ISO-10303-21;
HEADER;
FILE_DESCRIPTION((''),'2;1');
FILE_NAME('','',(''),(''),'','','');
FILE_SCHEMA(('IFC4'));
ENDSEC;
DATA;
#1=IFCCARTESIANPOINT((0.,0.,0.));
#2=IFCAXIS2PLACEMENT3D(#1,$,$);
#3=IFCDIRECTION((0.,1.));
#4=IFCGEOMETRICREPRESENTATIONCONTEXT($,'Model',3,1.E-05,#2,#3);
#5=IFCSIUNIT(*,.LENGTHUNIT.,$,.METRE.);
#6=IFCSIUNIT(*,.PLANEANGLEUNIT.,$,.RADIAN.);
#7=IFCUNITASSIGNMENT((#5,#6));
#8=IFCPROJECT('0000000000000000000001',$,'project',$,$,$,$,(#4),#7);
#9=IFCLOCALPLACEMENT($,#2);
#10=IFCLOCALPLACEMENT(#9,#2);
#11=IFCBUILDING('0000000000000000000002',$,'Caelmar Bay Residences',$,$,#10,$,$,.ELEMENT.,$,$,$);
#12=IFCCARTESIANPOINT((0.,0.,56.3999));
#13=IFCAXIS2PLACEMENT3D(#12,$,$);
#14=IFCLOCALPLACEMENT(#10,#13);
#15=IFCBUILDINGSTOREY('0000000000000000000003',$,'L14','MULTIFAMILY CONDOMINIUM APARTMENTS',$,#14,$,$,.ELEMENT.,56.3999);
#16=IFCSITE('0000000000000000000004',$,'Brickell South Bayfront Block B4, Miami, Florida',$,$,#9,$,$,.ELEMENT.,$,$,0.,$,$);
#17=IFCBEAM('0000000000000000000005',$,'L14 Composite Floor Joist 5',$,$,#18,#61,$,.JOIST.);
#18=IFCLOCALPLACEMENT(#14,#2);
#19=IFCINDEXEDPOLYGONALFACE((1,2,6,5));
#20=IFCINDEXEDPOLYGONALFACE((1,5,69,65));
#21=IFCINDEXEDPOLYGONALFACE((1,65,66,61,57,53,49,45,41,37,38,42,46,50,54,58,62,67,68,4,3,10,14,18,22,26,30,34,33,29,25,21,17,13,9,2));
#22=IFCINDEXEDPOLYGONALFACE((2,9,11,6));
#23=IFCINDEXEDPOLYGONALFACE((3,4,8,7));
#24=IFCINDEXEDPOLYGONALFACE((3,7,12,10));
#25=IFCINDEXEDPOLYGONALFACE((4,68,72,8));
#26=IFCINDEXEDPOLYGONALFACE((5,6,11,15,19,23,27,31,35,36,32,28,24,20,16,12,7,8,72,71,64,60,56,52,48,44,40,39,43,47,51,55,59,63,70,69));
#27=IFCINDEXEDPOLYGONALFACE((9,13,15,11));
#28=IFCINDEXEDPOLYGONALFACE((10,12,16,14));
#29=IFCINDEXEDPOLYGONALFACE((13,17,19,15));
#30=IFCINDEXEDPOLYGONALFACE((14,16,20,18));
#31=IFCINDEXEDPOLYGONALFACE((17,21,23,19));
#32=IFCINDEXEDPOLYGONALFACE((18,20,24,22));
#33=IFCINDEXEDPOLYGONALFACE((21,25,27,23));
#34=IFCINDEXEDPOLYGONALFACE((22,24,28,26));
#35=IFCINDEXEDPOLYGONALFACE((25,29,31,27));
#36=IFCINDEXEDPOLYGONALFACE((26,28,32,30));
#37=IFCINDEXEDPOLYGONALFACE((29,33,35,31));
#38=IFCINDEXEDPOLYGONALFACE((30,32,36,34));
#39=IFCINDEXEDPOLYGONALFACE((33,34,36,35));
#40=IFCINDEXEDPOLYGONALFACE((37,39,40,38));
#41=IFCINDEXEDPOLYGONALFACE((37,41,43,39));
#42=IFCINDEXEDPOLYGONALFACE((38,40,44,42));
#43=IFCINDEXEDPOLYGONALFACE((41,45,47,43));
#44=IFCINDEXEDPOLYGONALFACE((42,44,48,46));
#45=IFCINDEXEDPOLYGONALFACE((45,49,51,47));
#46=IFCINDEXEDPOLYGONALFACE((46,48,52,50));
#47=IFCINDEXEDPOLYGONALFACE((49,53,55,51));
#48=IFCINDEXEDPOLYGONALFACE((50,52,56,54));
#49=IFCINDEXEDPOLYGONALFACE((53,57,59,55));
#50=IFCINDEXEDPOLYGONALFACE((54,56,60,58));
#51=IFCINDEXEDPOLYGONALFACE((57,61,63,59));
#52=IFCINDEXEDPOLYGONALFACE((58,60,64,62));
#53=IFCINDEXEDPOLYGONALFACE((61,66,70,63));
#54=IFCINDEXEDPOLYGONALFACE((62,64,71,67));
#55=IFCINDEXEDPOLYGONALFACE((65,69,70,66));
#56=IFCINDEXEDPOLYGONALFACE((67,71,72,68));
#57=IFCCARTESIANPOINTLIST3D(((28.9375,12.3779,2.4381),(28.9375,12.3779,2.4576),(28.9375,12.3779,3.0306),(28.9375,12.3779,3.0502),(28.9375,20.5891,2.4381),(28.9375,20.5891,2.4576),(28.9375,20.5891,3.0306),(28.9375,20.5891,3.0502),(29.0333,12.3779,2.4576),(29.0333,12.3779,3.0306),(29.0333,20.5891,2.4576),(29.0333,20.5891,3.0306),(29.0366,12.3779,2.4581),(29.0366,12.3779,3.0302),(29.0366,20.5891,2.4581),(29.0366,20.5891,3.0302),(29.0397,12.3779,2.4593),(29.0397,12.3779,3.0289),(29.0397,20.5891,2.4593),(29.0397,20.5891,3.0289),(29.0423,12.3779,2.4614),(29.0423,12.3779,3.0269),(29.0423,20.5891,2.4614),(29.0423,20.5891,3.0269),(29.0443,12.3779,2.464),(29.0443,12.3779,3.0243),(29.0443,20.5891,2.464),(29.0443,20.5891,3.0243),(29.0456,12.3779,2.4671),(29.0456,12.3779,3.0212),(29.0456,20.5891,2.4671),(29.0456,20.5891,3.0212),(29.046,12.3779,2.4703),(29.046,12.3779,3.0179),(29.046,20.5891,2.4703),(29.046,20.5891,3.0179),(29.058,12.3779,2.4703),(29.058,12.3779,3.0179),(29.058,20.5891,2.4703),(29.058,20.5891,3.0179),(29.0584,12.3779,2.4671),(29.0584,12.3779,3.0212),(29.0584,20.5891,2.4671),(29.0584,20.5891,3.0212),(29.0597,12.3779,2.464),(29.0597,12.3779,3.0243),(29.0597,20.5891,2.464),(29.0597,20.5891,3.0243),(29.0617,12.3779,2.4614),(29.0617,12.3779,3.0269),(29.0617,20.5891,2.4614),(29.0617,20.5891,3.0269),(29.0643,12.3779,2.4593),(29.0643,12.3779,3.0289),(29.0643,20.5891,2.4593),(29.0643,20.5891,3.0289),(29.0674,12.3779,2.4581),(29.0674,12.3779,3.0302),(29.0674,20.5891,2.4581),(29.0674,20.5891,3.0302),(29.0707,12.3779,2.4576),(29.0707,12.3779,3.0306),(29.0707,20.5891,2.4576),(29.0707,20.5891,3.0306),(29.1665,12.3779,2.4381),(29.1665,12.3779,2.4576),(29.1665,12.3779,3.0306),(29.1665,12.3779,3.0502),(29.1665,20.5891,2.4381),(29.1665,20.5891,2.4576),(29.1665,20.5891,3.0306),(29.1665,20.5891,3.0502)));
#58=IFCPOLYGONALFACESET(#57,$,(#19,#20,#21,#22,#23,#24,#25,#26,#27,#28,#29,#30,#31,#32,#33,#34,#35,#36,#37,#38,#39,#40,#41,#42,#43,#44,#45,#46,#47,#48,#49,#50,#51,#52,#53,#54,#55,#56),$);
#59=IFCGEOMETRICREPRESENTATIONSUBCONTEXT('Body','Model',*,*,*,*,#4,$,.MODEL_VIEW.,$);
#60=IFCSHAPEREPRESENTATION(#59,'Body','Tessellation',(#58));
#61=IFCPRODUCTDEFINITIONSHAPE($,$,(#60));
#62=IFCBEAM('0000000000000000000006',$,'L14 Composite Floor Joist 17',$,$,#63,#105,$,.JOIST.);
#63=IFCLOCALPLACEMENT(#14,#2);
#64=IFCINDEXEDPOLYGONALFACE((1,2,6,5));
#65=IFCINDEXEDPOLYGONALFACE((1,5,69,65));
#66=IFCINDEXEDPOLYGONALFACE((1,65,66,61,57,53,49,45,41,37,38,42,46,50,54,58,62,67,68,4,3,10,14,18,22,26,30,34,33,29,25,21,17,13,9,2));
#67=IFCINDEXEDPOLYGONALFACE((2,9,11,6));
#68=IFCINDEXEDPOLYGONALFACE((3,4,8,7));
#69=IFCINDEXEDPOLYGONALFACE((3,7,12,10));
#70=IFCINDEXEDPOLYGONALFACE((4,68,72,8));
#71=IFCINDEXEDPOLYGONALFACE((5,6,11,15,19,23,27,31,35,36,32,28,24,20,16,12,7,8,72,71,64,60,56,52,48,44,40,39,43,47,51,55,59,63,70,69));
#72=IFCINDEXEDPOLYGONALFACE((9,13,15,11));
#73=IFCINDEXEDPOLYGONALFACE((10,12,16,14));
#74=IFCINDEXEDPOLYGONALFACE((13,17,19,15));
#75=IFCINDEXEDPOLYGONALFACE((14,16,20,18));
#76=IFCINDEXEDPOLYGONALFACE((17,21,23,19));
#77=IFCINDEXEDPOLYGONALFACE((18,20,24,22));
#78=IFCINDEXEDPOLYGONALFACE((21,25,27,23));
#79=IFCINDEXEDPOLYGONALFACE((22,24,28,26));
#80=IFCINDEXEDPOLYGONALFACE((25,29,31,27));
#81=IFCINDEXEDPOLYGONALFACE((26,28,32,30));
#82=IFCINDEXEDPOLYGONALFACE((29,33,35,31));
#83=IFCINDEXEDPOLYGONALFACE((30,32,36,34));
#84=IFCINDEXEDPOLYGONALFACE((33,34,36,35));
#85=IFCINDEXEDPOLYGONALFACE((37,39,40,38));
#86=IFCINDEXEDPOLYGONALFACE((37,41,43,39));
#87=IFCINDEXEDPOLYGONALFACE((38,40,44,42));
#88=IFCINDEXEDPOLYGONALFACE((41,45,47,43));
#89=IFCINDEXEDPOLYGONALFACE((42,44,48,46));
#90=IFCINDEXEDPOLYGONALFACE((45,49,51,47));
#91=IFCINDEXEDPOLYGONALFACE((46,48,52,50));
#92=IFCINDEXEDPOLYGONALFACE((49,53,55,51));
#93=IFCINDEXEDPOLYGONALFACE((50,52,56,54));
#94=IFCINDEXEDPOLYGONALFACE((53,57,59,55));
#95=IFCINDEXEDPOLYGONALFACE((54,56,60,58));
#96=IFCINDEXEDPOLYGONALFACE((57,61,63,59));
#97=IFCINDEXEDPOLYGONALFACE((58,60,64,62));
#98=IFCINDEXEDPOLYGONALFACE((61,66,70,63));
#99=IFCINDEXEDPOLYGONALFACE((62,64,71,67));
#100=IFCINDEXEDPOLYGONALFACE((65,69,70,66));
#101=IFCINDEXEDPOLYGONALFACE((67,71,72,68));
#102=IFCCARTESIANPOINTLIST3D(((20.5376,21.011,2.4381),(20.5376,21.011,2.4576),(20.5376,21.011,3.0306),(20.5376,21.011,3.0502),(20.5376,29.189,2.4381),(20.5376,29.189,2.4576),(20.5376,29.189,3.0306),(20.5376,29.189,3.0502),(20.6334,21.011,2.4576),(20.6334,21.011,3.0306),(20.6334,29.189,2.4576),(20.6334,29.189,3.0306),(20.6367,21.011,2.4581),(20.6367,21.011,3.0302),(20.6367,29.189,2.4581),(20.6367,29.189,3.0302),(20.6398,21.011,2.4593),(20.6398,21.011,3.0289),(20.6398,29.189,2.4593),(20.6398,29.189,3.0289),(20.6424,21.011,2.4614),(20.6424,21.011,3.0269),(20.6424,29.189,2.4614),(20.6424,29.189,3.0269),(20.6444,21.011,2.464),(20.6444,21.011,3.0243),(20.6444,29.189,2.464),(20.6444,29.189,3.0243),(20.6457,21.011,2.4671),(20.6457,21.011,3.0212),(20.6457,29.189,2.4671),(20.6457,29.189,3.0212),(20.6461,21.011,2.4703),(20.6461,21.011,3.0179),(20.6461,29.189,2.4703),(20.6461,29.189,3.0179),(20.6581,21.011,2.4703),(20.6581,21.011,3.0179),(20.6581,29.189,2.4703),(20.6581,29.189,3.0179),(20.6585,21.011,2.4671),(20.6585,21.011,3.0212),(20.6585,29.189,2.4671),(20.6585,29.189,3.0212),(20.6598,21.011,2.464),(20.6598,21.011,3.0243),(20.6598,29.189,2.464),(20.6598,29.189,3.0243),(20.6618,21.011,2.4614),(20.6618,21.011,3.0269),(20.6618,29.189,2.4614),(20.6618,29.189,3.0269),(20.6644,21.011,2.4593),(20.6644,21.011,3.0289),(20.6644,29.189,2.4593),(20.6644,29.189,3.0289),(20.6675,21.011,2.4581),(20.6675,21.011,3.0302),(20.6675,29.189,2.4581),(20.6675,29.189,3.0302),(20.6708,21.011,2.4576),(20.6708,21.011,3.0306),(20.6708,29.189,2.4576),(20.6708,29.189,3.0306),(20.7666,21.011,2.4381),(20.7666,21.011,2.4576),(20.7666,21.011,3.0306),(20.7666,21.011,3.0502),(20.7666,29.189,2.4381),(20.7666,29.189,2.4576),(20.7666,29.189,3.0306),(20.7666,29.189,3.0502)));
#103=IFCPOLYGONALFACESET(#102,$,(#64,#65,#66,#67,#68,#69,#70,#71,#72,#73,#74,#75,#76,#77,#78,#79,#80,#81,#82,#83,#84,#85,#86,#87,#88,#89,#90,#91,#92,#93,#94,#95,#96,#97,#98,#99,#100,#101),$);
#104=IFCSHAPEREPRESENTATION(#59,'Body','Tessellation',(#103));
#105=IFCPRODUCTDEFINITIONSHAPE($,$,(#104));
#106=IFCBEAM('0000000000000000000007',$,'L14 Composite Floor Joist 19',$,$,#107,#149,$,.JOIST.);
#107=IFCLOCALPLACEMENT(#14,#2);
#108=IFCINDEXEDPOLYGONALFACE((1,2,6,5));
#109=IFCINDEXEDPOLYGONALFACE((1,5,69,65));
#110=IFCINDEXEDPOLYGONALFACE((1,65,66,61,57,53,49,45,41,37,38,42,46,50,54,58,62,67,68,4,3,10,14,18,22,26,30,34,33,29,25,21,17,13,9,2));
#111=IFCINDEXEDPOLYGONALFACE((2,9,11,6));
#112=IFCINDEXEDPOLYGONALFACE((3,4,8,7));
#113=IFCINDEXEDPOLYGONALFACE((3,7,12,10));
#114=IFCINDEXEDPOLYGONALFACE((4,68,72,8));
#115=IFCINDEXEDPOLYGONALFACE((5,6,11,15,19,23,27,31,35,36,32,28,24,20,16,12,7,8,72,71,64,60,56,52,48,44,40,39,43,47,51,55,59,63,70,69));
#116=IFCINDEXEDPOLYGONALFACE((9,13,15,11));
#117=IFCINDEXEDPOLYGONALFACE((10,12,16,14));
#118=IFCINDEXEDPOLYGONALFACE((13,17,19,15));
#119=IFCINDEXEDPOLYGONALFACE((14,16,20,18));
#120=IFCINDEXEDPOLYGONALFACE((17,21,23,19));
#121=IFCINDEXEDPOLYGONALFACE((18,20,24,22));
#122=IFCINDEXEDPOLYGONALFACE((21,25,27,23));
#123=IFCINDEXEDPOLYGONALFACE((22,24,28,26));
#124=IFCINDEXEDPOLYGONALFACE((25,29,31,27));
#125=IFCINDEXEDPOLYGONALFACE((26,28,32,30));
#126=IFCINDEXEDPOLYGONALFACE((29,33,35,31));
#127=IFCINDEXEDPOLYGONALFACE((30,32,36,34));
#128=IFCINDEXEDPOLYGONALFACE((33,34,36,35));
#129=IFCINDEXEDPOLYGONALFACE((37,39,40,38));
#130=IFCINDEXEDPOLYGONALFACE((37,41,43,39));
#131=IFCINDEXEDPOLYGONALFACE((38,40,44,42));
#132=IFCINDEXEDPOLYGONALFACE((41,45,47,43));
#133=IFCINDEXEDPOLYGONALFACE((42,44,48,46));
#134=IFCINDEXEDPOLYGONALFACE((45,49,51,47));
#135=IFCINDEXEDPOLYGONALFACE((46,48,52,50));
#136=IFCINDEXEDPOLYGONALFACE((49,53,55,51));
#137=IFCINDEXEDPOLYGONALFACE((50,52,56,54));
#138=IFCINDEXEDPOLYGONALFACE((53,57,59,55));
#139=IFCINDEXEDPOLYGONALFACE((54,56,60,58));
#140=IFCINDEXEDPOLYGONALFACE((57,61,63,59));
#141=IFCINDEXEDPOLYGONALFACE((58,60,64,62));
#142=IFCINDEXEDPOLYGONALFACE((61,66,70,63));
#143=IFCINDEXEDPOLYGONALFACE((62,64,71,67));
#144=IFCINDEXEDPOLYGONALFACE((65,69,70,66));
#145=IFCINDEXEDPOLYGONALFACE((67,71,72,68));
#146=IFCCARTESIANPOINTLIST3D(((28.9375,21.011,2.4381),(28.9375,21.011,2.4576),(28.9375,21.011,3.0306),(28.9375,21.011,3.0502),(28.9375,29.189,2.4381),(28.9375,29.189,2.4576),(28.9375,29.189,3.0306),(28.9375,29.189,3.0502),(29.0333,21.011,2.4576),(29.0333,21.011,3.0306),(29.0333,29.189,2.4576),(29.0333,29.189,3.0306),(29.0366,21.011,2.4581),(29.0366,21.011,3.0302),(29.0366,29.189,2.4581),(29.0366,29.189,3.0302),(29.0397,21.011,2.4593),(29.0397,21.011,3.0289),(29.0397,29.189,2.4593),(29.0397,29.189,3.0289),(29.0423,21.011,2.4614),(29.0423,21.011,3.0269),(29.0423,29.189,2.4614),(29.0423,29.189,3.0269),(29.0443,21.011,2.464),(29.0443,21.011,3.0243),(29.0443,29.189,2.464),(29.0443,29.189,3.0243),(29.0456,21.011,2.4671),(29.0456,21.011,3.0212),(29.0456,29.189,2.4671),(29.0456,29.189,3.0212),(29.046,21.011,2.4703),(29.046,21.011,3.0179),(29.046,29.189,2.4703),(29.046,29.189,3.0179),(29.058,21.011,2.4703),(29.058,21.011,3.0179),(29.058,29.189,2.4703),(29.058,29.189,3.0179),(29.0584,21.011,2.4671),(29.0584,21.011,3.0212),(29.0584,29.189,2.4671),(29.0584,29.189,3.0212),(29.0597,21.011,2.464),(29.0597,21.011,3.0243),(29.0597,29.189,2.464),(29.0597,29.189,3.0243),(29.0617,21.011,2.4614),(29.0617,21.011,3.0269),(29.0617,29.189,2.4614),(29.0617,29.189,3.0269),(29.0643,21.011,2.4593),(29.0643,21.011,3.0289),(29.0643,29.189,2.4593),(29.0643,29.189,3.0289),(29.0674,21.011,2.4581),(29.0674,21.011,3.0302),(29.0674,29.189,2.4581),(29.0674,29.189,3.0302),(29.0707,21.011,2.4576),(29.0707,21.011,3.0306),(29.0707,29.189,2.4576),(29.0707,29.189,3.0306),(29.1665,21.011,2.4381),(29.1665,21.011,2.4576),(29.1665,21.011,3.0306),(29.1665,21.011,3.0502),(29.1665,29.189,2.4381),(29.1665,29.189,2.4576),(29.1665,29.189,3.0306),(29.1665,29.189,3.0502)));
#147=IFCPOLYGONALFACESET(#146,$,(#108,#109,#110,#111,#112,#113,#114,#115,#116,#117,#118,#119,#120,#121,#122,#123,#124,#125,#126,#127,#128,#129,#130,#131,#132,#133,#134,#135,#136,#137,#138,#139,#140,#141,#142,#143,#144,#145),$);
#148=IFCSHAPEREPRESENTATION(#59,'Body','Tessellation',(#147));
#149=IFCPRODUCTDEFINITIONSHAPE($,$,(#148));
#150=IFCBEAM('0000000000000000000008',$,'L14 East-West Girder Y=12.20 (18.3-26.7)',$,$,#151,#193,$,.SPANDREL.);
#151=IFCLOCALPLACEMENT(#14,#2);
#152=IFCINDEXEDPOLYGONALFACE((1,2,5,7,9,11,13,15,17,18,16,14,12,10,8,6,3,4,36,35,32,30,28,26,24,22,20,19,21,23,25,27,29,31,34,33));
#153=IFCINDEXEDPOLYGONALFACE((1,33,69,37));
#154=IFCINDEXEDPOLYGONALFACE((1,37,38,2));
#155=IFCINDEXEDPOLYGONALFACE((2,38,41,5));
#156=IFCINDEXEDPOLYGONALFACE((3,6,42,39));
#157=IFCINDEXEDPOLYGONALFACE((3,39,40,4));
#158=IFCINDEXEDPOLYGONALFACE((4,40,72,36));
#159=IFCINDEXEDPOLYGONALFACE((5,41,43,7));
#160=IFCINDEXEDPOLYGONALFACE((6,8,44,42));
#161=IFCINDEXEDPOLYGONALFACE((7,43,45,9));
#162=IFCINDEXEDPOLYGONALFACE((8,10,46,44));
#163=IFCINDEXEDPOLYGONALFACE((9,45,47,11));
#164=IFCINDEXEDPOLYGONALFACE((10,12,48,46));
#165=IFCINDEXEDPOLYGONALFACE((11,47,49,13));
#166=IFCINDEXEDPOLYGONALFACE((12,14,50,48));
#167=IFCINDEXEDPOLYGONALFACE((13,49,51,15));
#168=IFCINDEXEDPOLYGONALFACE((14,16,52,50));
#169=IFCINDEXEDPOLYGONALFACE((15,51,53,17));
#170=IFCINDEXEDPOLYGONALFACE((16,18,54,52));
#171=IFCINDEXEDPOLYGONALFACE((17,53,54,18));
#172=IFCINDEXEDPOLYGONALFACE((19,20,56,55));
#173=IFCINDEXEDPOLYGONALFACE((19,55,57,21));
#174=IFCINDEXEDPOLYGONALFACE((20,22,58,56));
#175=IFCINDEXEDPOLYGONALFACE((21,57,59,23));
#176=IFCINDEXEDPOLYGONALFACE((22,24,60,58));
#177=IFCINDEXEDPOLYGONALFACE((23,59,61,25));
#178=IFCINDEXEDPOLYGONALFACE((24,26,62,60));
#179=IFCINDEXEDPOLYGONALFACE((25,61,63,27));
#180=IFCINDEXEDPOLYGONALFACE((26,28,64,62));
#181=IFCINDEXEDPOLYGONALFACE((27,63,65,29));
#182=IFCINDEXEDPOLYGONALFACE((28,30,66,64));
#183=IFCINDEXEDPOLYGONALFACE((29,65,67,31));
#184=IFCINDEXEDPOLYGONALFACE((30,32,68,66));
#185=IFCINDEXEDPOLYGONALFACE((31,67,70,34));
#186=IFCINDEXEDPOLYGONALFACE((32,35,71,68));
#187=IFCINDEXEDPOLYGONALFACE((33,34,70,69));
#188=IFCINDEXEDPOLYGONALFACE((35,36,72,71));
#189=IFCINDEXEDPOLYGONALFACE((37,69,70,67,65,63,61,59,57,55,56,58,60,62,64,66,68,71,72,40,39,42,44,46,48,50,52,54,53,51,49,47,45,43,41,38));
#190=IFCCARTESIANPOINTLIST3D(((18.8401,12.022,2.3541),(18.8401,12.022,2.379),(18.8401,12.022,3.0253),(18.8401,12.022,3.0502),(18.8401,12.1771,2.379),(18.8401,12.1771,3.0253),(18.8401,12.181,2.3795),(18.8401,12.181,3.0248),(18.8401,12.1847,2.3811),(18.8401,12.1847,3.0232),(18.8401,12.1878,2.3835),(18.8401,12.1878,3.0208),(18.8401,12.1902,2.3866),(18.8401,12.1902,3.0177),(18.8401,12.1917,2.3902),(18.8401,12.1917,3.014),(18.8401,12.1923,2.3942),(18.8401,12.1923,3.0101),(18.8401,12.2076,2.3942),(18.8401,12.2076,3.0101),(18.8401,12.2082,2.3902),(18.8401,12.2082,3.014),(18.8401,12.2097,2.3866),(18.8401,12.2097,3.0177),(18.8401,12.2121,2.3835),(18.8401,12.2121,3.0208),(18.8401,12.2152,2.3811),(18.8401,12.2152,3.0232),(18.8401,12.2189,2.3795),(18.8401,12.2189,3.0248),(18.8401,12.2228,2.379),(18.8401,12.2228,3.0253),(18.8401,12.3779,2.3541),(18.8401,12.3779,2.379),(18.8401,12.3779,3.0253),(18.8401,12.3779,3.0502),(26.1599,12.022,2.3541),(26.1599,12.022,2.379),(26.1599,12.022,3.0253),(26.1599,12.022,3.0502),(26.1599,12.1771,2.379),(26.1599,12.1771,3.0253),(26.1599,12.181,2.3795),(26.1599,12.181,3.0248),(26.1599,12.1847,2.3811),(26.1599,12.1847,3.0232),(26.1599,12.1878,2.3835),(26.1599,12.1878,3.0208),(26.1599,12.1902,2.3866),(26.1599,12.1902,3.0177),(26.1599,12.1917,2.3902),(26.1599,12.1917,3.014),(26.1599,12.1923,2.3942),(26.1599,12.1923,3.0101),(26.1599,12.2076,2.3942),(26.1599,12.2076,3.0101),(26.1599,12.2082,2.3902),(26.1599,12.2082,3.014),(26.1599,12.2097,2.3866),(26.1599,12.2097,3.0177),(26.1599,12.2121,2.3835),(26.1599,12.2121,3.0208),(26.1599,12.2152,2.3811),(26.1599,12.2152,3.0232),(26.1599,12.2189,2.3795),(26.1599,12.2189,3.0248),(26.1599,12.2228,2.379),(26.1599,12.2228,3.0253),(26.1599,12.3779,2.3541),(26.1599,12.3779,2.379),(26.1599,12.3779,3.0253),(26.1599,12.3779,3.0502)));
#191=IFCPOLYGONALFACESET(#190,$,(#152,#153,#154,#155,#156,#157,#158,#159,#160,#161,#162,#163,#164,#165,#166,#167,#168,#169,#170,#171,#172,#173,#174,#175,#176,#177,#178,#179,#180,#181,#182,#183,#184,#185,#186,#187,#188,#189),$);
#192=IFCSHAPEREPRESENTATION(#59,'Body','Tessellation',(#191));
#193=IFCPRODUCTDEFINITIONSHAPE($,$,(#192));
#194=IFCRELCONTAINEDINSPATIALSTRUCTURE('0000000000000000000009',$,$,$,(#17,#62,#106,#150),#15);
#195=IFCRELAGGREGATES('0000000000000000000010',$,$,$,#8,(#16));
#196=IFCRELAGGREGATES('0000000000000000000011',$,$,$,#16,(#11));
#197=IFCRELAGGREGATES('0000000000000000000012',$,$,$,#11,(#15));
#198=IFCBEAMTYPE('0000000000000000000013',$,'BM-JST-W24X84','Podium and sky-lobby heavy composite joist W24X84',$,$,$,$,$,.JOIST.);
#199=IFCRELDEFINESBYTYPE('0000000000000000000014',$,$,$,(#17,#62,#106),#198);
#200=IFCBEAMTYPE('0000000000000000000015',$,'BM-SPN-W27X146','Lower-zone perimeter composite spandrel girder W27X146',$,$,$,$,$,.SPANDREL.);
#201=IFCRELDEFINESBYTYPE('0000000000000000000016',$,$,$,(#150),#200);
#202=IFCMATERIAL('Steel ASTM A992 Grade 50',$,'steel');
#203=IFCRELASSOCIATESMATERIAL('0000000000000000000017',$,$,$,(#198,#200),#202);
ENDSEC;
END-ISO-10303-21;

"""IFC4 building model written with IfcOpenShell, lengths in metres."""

from ifc_helpers import new_model, si_unit, direction, frame, origin, origin_2d, place, context, subcontext, project, spatial, i_section, extrude, material, material_profile, profile_set, type_object, element, save


model = new_model("IFC4")

# Units and contexts
model_context = context("Model", 3, precision=1e-05, world=origin(), true_north=direction((0.0, 1.0)))
body_context = subcontext(model_context, "Body", "Model", "MODEL_VIEW")
ifc_project = project(units=[si_unit("LENGTHUNIT", "METRE"), si_unit("PLANEANGLEUNIT", "RADIAN")], contexts=[model_context])

# Site, building, storey
site_placement = place(None, origin())
site = spatial("IfcSite", under=ifc_project, at=site_placement, Name="Brickell South Bayfront Block B4, Miami, Florida", CompositionType="ELEMENT", RefElevation=0.0)
building_placement = place(site_placement, origin())
building = spatial("IfcBuilding", under=site, at=building_placement, Name="Caelmar Bay Residences", CompositionType="ELEMENT")
storey_placement = place(building_placement, frame((0.0, 0.0, 56.3999)))
storey = spatial("IfcBuildingStorey", under=building, at=storey_placement, Name="L14", Description="MULTIFAMILY CONDOMINIUM APARTMENTS", CompositionType="ELEMENT", Elevation=56.3999)

# Beams
ifc_material_1 = material(Name="Steel ASTM A992 Grade 50", Category="steel")
ifc_material_profile_1 = material_profile(ifc_material_1, i_section(OverallWidth=0.229, OverallDepth=0.6121, WebThickness=0.012, FlangeThickness=0.0195, FilletRadius=0.0127, at=origin_2d()), Name="W24X84")
ifc_profile_set_1 = profile_set([ifc_material_profile_1], Name="Steel ASTM A992 Grade 50")
beam_type_1 = type_object("IfcBeamType", Name="BM-JST-W24X84", Description="Podium and sky-lobby heavy composite joist W24X84", PredefinedType="JOIST", material=ifc_profile_set_1)
for number, where, z_axis, x_axis, name in (
    (1, (29.052, 12.3779, 2.7441), (0.0, 1.0, 0.0), (-1.0, 0.0, 0.0), "L14 Composite Floor Joist 5"),
):
    element("IfcBeam", number, at=place(storey_placement, frame(where, z_axis=z_axis, x_axis=x_axis)), inside=storey, type_object=beam_type_1, Name=name, PredefinedType="JOIST", context=body_context, shape_type="SweptSolid", body=[
        extrude(i_section(OverallWidth=0.229, OverallDepth=0.6121, WebThickness=0.012, FlangeThickness=0.0195, FilletRadius=0.0127, at=origin_2d()), origin(), (0.0, 0.0, 1.0), 8.2112),
    ])
for number, where, z_axis, x_axis, name in (
    (2, (20.6521, 21.011, 2.7441), (0.0, 1.0, 0.0), (-1.0, 0.0, 0.0), "L14 Composite Floor Joist 17"),
    (3, (29.052, 21.011, 2.7441), (0.0, 1.0, 0.0), (-1.0, 0.0, 0.0), "L14 Composite Floor Joist 19"),
):
    element("IfcBeam", number, at=place(storey_placement, frame(where, z_axis=z_axis, x_axis=x_axis)), inside=storey, type_object=beam_type_1, Name=name, PredefinedType="JOIST", context=body_context, shape_type="SweptSolid", body=[
        extrude(i_section(OverallWidth=0.229, OverallDepth=0.6121, WebThickness=0.012, FlangeThickness=0.0195, FilletRadius=0.0127, at=origin_2d()), origin(), (0.0, 0.0, 1.0), 8.178),
    ])
ifc_material_profile_2 = material_profile(ifc_material_1, i_section(OverallWidth=0.356, OverallDepth=0.696, WebThickness=0.0154, FlangeThickness=0.0249, FilletRadius=0.0151, at=origin_2d()), Name="W27X146")
ifc_profile_set_2 = profile_set([ifc_material_profile_2], Name="Steel ASTM A992 Grade 50")
beam_type_2 = type_object("IfcBeamType", Name="BM-SPN-W27X146", Description="Lower-zone perimeter composite spandrel girder W27X146", PredefinedType="SPANDREL", material=ifc_profile_set_2)
beam_1_placement = place(storey_placement, frame((18.8401, 12.2, 2.7021), z_axis=(1.0, 0.0, 0.0), x_axis=(0.0, 1.0, 0.0)))
element("IfcBeam", 4, at=beam_1_placement, inside=storey, type_object=beam_type_2, Name="L14 East-West Girder Y=12.20 (18.3-26.7)", PredefinedType="SPANDREL", context=body_context, shape_type="SweptSolid", body=[
    extrude(i_section(OverallWidth=0.356, OverallDepth=0.696, WebThickness=0.0154, FlangeThickness=0.0249, FilletRadius=0.0151, at=origin_2d()), origin(), (0.0, 0.0, 1.0), 7.3198),
])

save(model, "model.ifc")
